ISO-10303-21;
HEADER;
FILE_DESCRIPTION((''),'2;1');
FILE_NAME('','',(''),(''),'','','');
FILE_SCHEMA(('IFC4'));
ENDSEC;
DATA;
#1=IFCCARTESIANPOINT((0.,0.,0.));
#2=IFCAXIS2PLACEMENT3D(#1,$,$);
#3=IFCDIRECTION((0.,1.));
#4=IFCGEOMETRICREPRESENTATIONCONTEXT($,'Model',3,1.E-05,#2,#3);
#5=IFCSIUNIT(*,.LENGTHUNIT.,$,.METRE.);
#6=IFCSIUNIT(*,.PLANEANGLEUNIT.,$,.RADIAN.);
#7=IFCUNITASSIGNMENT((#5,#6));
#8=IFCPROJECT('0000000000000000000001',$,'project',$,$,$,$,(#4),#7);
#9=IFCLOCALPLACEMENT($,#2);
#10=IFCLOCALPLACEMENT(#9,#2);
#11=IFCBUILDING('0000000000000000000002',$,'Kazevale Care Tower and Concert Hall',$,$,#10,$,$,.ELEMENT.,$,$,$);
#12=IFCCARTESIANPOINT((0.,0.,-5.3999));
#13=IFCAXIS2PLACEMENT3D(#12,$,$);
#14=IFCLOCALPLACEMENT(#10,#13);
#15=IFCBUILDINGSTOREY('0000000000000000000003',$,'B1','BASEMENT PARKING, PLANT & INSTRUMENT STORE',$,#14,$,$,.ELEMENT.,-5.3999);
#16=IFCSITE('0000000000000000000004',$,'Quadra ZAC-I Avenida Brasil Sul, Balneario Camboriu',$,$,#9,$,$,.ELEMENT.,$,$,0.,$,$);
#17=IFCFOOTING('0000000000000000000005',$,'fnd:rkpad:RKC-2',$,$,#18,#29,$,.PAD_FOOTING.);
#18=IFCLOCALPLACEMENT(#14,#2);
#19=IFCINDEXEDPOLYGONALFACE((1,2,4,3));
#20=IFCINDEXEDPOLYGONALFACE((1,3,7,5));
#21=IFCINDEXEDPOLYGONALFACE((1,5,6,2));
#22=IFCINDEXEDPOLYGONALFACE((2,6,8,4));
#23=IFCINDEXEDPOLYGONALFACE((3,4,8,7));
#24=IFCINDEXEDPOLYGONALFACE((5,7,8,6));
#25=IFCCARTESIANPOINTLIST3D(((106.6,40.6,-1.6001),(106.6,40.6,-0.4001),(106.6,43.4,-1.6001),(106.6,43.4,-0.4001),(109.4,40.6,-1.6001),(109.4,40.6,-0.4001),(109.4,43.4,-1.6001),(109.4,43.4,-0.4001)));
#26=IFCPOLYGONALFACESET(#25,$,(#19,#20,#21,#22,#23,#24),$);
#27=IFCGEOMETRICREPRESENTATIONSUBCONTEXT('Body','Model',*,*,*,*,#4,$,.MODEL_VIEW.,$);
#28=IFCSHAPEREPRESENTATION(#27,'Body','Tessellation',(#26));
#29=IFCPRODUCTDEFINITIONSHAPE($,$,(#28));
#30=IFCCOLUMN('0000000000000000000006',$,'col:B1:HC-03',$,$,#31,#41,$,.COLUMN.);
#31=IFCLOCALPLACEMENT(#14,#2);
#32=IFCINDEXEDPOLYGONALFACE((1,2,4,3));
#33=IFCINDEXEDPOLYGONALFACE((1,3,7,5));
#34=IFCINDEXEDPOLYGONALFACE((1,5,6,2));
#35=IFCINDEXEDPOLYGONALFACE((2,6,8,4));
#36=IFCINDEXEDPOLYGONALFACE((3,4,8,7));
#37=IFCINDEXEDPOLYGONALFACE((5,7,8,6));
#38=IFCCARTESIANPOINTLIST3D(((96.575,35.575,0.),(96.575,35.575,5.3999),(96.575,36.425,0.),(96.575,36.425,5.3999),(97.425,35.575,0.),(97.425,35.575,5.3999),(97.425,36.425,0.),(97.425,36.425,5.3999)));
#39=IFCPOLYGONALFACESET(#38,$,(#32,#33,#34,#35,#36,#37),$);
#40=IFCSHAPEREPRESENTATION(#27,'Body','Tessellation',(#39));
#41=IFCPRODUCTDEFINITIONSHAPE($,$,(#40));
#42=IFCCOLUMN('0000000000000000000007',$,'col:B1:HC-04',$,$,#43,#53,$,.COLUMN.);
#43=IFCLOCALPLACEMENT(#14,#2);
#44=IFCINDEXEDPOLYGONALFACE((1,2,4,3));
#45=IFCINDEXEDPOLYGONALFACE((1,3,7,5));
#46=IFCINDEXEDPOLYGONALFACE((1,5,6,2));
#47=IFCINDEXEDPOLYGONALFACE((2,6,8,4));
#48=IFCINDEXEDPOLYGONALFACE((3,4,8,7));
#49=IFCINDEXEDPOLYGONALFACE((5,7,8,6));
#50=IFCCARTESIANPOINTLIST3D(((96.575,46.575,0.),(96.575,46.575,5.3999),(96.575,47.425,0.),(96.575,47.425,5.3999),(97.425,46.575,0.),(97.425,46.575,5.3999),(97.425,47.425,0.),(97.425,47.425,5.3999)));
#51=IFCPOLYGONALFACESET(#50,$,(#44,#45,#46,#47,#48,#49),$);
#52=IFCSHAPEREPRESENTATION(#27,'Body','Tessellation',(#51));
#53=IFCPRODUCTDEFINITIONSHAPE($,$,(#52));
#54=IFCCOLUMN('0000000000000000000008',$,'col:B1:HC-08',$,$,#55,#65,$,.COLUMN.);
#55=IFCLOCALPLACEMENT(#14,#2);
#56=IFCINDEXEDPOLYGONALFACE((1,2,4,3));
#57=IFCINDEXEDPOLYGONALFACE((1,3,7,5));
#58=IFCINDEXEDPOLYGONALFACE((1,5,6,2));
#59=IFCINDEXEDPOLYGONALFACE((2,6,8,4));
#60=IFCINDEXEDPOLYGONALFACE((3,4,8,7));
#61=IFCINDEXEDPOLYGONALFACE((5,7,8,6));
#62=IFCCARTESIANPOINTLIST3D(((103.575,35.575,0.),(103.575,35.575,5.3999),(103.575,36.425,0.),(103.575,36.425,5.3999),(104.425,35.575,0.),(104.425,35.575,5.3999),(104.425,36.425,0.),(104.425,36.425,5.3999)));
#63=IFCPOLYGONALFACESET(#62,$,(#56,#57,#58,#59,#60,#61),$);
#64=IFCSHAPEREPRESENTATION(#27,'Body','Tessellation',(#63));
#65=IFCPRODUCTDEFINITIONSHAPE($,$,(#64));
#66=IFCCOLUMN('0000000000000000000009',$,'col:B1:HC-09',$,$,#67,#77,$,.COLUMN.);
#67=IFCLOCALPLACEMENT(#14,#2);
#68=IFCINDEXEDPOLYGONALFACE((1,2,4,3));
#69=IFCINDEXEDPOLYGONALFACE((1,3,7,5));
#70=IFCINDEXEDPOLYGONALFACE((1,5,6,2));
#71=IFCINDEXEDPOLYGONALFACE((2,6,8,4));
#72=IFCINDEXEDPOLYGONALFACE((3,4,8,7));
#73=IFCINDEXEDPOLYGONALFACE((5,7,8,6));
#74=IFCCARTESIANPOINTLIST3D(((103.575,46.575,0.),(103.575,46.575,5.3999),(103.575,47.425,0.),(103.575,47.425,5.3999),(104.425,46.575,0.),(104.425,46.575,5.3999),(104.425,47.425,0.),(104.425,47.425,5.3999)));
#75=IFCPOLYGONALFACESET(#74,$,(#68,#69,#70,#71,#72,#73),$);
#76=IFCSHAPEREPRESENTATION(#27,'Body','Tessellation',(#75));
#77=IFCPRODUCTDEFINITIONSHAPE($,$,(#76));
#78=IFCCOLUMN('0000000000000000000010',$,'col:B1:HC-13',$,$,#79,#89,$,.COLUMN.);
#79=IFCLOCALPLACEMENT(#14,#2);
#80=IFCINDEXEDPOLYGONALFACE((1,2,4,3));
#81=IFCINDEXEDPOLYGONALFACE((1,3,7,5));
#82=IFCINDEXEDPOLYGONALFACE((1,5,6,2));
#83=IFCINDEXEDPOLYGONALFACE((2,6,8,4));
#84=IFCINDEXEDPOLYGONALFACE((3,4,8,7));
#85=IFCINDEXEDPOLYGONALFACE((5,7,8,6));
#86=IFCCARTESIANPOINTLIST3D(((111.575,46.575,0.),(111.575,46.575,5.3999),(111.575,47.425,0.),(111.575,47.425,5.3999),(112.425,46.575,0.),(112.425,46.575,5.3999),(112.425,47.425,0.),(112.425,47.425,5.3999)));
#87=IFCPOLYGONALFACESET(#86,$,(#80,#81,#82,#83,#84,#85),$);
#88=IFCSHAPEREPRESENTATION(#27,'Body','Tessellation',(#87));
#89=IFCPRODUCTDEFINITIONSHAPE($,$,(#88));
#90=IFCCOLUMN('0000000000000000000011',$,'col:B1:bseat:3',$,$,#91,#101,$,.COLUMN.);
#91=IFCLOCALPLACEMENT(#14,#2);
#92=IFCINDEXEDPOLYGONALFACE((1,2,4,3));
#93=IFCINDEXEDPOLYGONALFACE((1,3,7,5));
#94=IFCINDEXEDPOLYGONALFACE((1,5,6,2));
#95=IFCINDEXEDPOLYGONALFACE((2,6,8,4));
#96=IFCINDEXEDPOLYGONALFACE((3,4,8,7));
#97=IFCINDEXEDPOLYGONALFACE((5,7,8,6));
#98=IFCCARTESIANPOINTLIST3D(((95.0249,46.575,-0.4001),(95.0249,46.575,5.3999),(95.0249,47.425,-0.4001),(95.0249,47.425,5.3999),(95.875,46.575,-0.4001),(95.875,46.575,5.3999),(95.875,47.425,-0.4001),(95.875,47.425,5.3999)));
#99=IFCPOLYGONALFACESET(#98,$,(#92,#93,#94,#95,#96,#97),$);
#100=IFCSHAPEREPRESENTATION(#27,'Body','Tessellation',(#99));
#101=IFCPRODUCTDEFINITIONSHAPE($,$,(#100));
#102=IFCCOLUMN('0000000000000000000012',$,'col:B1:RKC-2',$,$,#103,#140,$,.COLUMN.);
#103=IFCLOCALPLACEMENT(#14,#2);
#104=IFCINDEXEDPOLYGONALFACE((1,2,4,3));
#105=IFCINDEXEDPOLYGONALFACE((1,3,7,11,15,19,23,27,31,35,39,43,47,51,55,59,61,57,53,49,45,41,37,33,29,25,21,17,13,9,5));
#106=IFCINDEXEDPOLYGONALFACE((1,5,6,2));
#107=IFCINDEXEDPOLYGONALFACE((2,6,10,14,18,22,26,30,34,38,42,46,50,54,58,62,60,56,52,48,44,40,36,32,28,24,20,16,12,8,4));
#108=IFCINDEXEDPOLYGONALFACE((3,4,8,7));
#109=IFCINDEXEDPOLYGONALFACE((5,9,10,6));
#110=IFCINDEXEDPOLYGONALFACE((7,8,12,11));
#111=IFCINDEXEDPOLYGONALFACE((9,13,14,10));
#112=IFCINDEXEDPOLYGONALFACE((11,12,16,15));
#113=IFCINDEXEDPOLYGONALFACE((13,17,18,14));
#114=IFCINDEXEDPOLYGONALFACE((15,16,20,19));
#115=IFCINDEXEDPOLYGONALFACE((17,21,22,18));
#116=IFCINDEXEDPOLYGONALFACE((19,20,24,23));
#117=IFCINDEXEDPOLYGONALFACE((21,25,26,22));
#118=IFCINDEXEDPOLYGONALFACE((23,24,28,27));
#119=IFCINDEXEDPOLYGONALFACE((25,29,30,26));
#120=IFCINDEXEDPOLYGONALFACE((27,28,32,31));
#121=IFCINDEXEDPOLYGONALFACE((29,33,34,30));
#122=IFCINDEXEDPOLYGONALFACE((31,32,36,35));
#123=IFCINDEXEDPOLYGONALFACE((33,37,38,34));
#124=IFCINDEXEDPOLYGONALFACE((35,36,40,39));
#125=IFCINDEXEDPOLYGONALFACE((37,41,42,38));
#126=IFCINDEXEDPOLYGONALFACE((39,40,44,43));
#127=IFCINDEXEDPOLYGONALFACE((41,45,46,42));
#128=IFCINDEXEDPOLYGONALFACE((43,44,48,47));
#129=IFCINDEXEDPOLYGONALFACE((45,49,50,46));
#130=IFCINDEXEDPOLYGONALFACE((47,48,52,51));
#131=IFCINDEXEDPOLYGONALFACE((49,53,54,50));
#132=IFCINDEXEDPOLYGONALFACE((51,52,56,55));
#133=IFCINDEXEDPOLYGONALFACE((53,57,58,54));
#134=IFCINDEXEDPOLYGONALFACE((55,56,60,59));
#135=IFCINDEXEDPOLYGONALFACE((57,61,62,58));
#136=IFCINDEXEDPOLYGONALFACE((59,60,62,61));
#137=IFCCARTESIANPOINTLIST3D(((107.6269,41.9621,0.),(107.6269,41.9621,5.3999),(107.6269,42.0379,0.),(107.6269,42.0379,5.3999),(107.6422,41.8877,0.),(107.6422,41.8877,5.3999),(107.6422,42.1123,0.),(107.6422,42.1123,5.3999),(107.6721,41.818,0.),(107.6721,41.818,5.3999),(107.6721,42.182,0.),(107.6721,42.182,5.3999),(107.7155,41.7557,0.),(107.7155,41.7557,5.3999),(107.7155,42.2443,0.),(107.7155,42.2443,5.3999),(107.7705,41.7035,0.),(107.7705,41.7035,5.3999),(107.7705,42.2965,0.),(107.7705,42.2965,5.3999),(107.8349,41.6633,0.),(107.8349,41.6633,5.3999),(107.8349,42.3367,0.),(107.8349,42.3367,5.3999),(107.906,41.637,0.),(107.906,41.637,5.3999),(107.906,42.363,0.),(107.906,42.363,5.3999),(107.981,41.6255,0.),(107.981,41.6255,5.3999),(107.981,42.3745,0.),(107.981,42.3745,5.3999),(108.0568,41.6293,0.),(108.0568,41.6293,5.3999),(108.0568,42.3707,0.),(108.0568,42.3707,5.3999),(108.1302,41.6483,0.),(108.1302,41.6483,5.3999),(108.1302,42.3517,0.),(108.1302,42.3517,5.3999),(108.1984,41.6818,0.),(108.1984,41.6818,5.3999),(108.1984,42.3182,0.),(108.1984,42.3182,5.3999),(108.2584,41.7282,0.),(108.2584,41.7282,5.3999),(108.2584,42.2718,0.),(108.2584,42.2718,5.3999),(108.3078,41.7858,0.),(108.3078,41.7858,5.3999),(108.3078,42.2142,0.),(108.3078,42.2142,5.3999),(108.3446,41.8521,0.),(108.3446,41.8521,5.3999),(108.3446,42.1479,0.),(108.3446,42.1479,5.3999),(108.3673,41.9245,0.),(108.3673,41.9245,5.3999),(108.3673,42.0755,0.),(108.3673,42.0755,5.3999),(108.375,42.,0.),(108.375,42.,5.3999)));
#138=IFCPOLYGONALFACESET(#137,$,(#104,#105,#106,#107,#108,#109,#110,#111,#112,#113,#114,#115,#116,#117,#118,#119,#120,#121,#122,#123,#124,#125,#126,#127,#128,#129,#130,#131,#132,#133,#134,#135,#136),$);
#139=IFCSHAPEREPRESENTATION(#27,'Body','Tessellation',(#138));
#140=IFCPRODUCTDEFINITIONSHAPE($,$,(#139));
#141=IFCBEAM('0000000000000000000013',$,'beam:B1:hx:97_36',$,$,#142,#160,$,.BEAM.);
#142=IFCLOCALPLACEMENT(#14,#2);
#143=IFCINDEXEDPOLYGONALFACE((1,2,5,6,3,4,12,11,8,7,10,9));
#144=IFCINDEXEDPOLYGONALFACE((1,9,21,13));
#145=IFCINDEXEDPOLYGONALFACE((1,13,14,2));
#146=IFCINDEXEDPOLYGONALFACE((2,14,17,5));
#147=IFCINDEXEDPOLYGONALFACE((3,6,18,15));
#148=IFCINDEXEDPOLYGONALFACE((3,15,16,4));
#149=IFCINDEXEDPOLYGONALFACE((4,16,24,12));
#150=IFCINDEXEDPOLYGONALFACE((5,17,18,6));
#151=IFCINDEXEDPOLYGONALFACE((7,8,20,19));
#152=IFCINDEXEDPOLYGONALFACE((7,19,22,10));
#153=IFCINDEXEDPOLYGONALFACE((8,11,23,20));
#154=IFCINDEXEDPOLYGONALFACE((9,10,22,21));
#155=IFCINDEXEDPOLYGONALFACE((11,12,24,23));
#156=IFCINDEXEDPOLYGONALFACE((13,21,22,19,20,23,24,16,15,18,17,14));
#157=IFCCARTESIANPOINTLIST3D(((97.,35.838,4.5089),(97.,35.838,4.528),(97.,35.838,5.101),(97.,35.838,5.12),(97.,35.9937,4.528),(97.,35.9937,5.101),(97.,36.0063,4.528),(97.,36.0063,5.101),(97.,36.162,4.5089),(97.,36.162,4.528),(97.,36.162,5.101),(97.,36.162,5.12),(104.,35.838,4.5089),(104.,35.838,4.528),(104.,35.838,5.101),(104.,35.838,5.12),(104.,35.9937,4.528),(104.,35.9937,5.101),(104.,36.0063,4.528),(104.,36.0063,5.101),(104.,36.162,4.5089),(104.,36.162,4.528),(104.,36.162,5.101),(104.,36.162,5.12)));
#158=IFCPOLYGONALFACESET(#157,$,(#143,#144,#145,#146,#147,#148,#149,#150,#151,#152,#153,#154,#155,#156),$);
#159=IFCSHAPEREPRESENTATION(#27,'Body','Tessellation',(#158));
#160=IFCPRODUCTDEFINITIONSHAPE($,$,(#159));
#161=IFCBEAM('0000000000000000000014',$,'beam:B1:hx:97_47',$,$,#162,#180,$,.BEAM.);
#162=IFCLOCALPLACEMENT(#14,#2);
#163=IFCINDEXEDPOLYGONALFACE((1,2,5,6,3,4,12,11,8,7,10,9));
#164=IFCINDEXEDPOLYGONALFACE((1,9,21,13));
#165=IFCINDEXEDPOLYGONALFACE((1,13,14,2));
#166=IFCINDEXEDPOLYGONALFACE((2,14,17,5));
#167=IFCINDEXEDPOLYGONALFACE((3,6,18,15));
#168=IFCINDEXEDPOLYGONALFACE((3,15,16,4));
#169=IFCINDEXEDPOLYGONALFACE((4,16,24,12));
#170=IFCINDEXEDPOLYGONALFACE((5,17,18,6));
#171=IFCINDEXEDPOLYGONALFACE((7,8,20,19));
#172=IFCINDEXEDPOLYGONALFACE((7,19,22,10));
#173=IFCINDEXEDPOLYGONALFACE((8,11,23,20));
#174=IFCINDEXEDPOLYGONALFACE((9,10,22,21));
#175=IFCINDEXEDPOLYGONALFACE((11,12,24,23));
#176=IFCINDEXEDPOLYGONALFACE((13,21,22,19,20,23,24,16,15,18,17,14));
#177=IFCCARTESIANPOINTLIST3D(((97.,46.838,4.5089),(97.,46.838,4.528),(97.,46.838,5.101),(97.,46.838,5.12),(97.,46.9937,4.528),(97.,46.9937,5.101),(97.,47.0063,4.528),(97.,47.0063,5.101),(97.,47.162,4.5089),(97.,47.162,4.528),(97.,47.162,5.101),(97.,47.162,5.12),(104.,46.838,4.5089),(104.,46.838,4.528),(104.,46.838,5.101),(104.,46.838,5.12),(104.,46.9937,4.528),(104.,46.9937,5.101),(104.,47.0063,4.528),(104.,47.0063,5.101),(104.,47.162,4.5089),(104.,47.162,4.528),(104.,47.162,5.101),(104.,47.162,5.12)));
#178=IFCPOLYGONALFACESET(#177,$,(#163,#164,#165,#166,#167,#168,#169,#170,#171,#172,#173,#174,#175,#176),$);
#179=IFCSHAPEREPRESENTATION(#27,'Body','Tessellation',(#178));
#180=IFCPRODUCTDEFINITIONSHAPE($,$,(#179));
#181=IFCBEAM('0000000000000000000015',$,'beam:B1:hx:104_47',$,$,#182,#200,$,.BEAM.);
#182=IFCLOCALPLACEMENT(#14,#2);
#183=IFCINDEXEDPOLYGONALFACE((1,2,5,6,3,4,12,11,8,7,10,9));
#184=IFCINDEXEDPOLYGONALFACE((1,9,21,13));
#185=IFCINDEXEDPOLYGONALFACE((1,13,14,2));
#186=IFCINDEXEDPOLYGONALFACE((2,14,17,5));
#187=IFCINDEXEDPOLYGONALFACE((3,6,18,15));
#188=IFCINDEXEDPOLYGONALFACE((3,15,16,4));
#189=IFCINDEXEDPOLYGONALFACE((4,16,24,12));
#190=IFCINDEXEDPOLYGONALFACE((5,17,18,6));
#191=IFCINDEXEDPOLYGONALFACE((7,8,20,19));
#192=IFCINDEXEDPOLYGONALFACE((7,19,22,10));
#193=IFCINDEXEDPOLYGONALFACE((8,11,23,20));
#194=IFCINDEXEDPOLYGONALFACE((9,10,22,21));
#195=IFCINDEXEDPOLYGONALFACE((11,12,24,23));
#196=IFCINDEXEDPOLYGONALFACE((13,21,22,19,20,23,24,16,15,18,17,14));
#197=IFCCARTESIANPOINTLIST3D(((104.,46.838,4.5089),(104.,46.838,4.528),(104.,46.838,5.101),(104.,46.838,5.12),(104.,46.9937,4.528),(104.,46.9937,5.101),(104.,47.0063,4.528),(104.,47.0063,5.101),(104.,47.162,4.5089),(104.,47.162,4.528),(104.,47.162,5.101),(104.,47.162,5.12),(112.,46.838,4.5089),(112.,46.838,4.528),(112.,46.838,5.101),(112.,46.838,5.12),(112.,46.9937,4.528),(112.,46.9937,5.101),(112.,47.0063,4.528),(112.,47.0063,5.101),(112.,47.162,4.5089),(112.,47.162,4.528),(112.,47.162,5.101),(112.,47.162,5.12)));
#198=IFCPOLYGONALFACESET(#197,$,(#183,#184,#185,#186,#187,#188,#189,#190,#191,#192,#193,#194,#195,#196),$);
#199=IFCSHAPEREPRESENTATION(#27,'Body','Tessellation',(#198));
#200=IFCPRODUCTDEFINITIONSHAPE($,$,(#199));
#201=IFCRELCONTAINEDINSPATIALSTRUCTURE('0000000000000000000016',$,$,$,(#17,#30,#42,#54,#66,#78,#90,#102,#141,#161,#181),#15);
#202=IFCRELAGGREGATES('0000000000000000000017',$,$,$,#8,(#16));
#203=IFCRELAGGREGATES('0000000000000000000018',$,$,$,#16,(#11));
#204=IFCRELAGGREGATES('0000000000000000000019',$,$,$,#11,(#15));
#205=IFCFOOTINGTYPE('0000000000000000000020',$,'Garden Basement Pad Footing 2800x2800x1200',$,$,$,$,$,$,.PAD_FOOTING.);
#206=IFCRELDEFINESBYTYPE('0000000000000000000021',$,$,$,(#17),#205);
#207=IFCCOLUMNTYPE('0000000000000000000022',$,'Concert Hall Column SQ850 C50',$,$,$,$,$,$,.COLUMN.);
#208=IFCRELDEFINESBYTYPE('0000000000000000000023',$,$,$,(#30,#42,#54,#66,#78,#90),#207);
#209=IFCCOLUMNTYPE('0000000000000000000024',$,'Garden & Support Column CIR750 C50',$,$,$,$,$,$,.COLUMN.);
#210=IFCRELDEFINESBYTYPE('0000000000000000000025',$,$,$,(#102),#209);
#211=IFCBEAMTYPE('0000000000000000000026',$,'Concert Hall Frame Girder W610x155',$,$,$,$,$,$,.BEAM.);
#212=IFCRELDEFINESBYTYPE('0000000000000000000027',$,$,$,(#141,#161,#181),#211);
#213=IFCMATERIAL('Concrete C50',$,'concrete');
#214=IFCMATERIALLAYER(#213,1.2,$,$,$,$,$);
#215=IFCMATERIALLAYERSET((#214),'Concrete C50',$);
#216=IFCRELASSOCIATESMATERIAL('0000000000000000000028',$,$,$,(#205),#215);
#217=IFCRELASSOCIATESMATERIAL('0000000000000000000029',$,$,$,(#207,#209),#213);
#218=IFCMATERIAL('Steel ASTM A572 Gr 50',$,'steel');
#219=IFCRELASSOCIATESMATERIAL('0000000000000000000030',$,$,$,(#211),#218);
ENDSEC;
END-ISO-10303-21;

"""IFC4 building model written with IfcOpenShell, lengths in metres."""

from ifc_helpers import new_model, si_unit, direction, frame, origin, origin_2d, place, context, subcontext, project, spatial, rectangle, circle, i_section, extrude, material, layer, layer_set, material_profile, profile_set, type_object, element, save


model = new_model("IFC4")

# Units and contexts
model_context = context("Model", 3, precision=1e-05, world=origin(), true_north=direction((0.0, 1.0)))
body_context = subcontext(model_context, "Body", "Model", "MODEL_VIEW")
ifc_project = project(units=[si_unit("LENGTHUNIT", "METRE"), si_unit("PLANEANGLEUNIT", "RADIAN")], contexts=[model_context])

# Site, building, storey
site_placement = place(None, origin())
site = spatial("IfcSite", under=ifc_project, at=site_placement, Name="Quadra ZAC-I Avenida Brasil Sul, Balneario Camboriu", CompositionType="ELEMENT", RefElevation=0.0)
building_placement = place(site_placement, origin())
building = spatial("IfcBuilding", under=site, at=building_placement, Name="Kazevale Care Tower and Concert Hall", CompositionType="ELEMENT")
storey_placement = place(building_placement, frame((0.0, 0.0, -5.3999)))
storey = spatial("IfcBuildingStorey", under=building, at=storey_placement, Name="B1", Description="BASEMENT PARKING, PLANT & INSTRUMENT STORE", CompositionType="ELEMENT", Elevation=-5.3999)

# Shared definitions
ifc_material_1 = material(Name="Concrete C50", Category="concrete")

# Footing
ifc_layer_1 = layer(ifc_material_1, 1.2)
ifc_layer_set_1 = layer_set([ifc_layer_1], Name="Concrete C50")
footing_type_1 = type_object("IfcFootingType", Name="Garden Basement Pad Footing 2800x2800x1200", PredefinedType="PAD_FOOTING", material=ifc_layer_set_1)
footing_1_placement = place(storey_placement, frame((108.0, 42.0, -1.6001), z_axis=(0.0, 0.0, 1.0), x_axis=(1.0, 0.0, 0.0)))
element("IfcFooting", 1, at=footing_1_placement, inside=storey, type_object=footing_type_1, Name="fnd:rkpad:RKC-2", PredefinedType="PAD_FOOTING", context=body_context, shape_type="SweptSolid", body=[
    extrude(rectangle(XDim=2.8, YDim=2.8, at=origin_2d()), origin(), (0.0, 0.0, 1.0), 1.2),
])

# Columns
ifc_material_profile_1 = material_profile(ifc_material_1, rectangle(XDim=0.8501, YDim=0.8501, at=origin_2d()), Name="RC-SQ850")
ifc_profile_set_1 = profile_set([ifc_material_profile_1], Name="Concrete C50")
column_type_1 = type_object("IfcColumnType", Name="Concert Hall Column SQ850 C50", PredefinedType="COLUMN", material=ifc_profile_set_1)
for number, where, z_axis, x_axis, name in (
    (2, (97.0, 36.0, 0.0), (0.0, 0.0, 1.0), (1.0, 0.0, 0.0), "col:B1:HC-03"),
    (3, (97.0, 47.0, 0.0), (0.0, 0.0, 1.0), (1.0, 0.0, 0.0), "col:B1:HC-04"),
    (4, (104.0, 36.0, 0.0), (0.0, 0.0, 1.0), (1.0, 0.0, 0.0), "col:B1:HC-08"),
    (5, (104.0, 47.0, 0.0), (0.0, 0.0, 1.0), (1.0, 0.0, 0.0), "col:B1:HC-09"),
    (6, (112.0, 47.0, 0.0), (0.0, 0.0, 1.0), (1.0, 0.0, 0.0), "col:B1:HC-13"),
):
    element("IfcColumn", number, at=place(storey_placement, frame(where, z_axis=z_axis, x_axis=x_axis)), inside=storey, type_object=column_type_1, Name=name, PredefinedType="COLUMN", context=body_context, shape_type="SweptSolid", body=[
        extrude(rectangle(XDim=0.8501, YDim=0.8501, at=origin_2d()), origin(), (0.0, 0.0, 1.0), 5.3999),
    ])
column_1_placement = place(storey_placement, frame((95.45, 47.0, -0.4001), z_axis=(0.0, 0.0, 1.0), x_axis=(1.0, 0.0, 0.0)))
element("IfcColumn", 7, at=column_1_placement, inside=storey, type_object=column_type_1, Name="col:B1:bseat:3", PredefinedType="COLUMN", context=body_context, shape_type="SweptSolid", body=[
    extrude(rectangle(XDim=0.8501, YDim=0.8501, at=origin_2d()), origin(), (0.0, 0.0, 1.0), 5.8),
])
ifc_material_profile_2 = material_profile(ifc_material_1, circle(Radius=0.375, at=origin_2d()), Name="RC-CIR750")
ifc_profile_set_2 = profile_set([ifc_material_profile_2], Name="Concrete C50")
column_type_2 = type_object("IfcColumnType", Name="Garden & Support Column CIR750 C50", PredefinedType="COLUMN", material=ifc_profile_set_2)
column_2_placement = place(storey_placement, frame((108.0, 42.0, 0.0), z_axis=(0.0, 0.0, 1.0), x_axis=(1.0, 0.0, 0.0)))
element("IfcColumn", 8, at=column_2_placement, inside=storey, type_object=column_type_2, Name="col:B1:RKC-2", PredefinedType="COLUMN", context=body_context, shape_type="SweptSolid", body=[
    extrude(circle(Radius=0.375, at=origin_2d()), origin(), (0.0, 0.0, 1.0), 5.3999),
])

# Beams
ifc_material_2 = material(Name="Steel ASTM A572 Gr 50", Category="steel")
ifc_material_profile_3 = material_profile(ifc_material_2, i_section(OverallWidth=0.324, OverallDepth=0.6111, WebThickness=0.0127, FlangeThickness=0.019, at=origin_2d()), Name="W610x155")
ifc_profile_set_3 = profile_set([ifc_material_profile_3], Name="Steel ASTM A572 Gr 50")
beam_type_1 = type_object("IfcBeamType", Name="Concert Hall Frame Girder W610x155", PredefinedType="BEAM", material=ifc_profile_set_3)
for number, where, z_axis, x_axis, name in (
    (9, (97.0, 36.0, 4.8145), (1.0, 0.0, 0.0), (0.0, 1.0, 0.0), "beam:B1:hx:97_36"),
    (10, (97.0, 47.0, 4.8145), (1.0, 0.0, 0.0), (0.0, 1.0, 0.0), "beam:B1:hx:97_47"),
):
    element("IfcBeam", number, at=place(storey_placement, frame(where, z_axis=z_axis, x_axis=x_axis)), inside=storey, type_object=beam_type_1, Name=name, PredefinedType="BEAM", context=body_context, shape_type="SweptSolid", body=[
        extrude(i_section(OverallWidth=0.324, OverallDepth=0.6111, WebThickness=0.0127, FlangeThickness=0.019, at=origin_2d()), origin(), (0.0, 0.0, 1.0), 7.0),
    ])
for number, where, z_axis, x_axis, name in (
    (11, (104.0, 47.0, 4.8145), (1.0, 0.0, 0.0), (0.0, 1.0, 0.0), "beam:B1:hx:104_47"),
):
    element("IfcBeam", number, at=place(storey_placement, frame(where, z_axis=z_axis, x_axis=x_axis)), inside=storey, type_object=beam_type_1, Name=name, PredefinedType="BEAM", context=body_context, shape_type="SweptSolid", body=[
        extrude(i_section(OverallWidth=0.324, OverallDepth=0.6111, WebThickness=0.0127, FlangeThickness=0.019, at=origin_2d()), origin(), (0.0, 0.0, 1.0), 8.0),
    ])

save(model, "model.ifc")
